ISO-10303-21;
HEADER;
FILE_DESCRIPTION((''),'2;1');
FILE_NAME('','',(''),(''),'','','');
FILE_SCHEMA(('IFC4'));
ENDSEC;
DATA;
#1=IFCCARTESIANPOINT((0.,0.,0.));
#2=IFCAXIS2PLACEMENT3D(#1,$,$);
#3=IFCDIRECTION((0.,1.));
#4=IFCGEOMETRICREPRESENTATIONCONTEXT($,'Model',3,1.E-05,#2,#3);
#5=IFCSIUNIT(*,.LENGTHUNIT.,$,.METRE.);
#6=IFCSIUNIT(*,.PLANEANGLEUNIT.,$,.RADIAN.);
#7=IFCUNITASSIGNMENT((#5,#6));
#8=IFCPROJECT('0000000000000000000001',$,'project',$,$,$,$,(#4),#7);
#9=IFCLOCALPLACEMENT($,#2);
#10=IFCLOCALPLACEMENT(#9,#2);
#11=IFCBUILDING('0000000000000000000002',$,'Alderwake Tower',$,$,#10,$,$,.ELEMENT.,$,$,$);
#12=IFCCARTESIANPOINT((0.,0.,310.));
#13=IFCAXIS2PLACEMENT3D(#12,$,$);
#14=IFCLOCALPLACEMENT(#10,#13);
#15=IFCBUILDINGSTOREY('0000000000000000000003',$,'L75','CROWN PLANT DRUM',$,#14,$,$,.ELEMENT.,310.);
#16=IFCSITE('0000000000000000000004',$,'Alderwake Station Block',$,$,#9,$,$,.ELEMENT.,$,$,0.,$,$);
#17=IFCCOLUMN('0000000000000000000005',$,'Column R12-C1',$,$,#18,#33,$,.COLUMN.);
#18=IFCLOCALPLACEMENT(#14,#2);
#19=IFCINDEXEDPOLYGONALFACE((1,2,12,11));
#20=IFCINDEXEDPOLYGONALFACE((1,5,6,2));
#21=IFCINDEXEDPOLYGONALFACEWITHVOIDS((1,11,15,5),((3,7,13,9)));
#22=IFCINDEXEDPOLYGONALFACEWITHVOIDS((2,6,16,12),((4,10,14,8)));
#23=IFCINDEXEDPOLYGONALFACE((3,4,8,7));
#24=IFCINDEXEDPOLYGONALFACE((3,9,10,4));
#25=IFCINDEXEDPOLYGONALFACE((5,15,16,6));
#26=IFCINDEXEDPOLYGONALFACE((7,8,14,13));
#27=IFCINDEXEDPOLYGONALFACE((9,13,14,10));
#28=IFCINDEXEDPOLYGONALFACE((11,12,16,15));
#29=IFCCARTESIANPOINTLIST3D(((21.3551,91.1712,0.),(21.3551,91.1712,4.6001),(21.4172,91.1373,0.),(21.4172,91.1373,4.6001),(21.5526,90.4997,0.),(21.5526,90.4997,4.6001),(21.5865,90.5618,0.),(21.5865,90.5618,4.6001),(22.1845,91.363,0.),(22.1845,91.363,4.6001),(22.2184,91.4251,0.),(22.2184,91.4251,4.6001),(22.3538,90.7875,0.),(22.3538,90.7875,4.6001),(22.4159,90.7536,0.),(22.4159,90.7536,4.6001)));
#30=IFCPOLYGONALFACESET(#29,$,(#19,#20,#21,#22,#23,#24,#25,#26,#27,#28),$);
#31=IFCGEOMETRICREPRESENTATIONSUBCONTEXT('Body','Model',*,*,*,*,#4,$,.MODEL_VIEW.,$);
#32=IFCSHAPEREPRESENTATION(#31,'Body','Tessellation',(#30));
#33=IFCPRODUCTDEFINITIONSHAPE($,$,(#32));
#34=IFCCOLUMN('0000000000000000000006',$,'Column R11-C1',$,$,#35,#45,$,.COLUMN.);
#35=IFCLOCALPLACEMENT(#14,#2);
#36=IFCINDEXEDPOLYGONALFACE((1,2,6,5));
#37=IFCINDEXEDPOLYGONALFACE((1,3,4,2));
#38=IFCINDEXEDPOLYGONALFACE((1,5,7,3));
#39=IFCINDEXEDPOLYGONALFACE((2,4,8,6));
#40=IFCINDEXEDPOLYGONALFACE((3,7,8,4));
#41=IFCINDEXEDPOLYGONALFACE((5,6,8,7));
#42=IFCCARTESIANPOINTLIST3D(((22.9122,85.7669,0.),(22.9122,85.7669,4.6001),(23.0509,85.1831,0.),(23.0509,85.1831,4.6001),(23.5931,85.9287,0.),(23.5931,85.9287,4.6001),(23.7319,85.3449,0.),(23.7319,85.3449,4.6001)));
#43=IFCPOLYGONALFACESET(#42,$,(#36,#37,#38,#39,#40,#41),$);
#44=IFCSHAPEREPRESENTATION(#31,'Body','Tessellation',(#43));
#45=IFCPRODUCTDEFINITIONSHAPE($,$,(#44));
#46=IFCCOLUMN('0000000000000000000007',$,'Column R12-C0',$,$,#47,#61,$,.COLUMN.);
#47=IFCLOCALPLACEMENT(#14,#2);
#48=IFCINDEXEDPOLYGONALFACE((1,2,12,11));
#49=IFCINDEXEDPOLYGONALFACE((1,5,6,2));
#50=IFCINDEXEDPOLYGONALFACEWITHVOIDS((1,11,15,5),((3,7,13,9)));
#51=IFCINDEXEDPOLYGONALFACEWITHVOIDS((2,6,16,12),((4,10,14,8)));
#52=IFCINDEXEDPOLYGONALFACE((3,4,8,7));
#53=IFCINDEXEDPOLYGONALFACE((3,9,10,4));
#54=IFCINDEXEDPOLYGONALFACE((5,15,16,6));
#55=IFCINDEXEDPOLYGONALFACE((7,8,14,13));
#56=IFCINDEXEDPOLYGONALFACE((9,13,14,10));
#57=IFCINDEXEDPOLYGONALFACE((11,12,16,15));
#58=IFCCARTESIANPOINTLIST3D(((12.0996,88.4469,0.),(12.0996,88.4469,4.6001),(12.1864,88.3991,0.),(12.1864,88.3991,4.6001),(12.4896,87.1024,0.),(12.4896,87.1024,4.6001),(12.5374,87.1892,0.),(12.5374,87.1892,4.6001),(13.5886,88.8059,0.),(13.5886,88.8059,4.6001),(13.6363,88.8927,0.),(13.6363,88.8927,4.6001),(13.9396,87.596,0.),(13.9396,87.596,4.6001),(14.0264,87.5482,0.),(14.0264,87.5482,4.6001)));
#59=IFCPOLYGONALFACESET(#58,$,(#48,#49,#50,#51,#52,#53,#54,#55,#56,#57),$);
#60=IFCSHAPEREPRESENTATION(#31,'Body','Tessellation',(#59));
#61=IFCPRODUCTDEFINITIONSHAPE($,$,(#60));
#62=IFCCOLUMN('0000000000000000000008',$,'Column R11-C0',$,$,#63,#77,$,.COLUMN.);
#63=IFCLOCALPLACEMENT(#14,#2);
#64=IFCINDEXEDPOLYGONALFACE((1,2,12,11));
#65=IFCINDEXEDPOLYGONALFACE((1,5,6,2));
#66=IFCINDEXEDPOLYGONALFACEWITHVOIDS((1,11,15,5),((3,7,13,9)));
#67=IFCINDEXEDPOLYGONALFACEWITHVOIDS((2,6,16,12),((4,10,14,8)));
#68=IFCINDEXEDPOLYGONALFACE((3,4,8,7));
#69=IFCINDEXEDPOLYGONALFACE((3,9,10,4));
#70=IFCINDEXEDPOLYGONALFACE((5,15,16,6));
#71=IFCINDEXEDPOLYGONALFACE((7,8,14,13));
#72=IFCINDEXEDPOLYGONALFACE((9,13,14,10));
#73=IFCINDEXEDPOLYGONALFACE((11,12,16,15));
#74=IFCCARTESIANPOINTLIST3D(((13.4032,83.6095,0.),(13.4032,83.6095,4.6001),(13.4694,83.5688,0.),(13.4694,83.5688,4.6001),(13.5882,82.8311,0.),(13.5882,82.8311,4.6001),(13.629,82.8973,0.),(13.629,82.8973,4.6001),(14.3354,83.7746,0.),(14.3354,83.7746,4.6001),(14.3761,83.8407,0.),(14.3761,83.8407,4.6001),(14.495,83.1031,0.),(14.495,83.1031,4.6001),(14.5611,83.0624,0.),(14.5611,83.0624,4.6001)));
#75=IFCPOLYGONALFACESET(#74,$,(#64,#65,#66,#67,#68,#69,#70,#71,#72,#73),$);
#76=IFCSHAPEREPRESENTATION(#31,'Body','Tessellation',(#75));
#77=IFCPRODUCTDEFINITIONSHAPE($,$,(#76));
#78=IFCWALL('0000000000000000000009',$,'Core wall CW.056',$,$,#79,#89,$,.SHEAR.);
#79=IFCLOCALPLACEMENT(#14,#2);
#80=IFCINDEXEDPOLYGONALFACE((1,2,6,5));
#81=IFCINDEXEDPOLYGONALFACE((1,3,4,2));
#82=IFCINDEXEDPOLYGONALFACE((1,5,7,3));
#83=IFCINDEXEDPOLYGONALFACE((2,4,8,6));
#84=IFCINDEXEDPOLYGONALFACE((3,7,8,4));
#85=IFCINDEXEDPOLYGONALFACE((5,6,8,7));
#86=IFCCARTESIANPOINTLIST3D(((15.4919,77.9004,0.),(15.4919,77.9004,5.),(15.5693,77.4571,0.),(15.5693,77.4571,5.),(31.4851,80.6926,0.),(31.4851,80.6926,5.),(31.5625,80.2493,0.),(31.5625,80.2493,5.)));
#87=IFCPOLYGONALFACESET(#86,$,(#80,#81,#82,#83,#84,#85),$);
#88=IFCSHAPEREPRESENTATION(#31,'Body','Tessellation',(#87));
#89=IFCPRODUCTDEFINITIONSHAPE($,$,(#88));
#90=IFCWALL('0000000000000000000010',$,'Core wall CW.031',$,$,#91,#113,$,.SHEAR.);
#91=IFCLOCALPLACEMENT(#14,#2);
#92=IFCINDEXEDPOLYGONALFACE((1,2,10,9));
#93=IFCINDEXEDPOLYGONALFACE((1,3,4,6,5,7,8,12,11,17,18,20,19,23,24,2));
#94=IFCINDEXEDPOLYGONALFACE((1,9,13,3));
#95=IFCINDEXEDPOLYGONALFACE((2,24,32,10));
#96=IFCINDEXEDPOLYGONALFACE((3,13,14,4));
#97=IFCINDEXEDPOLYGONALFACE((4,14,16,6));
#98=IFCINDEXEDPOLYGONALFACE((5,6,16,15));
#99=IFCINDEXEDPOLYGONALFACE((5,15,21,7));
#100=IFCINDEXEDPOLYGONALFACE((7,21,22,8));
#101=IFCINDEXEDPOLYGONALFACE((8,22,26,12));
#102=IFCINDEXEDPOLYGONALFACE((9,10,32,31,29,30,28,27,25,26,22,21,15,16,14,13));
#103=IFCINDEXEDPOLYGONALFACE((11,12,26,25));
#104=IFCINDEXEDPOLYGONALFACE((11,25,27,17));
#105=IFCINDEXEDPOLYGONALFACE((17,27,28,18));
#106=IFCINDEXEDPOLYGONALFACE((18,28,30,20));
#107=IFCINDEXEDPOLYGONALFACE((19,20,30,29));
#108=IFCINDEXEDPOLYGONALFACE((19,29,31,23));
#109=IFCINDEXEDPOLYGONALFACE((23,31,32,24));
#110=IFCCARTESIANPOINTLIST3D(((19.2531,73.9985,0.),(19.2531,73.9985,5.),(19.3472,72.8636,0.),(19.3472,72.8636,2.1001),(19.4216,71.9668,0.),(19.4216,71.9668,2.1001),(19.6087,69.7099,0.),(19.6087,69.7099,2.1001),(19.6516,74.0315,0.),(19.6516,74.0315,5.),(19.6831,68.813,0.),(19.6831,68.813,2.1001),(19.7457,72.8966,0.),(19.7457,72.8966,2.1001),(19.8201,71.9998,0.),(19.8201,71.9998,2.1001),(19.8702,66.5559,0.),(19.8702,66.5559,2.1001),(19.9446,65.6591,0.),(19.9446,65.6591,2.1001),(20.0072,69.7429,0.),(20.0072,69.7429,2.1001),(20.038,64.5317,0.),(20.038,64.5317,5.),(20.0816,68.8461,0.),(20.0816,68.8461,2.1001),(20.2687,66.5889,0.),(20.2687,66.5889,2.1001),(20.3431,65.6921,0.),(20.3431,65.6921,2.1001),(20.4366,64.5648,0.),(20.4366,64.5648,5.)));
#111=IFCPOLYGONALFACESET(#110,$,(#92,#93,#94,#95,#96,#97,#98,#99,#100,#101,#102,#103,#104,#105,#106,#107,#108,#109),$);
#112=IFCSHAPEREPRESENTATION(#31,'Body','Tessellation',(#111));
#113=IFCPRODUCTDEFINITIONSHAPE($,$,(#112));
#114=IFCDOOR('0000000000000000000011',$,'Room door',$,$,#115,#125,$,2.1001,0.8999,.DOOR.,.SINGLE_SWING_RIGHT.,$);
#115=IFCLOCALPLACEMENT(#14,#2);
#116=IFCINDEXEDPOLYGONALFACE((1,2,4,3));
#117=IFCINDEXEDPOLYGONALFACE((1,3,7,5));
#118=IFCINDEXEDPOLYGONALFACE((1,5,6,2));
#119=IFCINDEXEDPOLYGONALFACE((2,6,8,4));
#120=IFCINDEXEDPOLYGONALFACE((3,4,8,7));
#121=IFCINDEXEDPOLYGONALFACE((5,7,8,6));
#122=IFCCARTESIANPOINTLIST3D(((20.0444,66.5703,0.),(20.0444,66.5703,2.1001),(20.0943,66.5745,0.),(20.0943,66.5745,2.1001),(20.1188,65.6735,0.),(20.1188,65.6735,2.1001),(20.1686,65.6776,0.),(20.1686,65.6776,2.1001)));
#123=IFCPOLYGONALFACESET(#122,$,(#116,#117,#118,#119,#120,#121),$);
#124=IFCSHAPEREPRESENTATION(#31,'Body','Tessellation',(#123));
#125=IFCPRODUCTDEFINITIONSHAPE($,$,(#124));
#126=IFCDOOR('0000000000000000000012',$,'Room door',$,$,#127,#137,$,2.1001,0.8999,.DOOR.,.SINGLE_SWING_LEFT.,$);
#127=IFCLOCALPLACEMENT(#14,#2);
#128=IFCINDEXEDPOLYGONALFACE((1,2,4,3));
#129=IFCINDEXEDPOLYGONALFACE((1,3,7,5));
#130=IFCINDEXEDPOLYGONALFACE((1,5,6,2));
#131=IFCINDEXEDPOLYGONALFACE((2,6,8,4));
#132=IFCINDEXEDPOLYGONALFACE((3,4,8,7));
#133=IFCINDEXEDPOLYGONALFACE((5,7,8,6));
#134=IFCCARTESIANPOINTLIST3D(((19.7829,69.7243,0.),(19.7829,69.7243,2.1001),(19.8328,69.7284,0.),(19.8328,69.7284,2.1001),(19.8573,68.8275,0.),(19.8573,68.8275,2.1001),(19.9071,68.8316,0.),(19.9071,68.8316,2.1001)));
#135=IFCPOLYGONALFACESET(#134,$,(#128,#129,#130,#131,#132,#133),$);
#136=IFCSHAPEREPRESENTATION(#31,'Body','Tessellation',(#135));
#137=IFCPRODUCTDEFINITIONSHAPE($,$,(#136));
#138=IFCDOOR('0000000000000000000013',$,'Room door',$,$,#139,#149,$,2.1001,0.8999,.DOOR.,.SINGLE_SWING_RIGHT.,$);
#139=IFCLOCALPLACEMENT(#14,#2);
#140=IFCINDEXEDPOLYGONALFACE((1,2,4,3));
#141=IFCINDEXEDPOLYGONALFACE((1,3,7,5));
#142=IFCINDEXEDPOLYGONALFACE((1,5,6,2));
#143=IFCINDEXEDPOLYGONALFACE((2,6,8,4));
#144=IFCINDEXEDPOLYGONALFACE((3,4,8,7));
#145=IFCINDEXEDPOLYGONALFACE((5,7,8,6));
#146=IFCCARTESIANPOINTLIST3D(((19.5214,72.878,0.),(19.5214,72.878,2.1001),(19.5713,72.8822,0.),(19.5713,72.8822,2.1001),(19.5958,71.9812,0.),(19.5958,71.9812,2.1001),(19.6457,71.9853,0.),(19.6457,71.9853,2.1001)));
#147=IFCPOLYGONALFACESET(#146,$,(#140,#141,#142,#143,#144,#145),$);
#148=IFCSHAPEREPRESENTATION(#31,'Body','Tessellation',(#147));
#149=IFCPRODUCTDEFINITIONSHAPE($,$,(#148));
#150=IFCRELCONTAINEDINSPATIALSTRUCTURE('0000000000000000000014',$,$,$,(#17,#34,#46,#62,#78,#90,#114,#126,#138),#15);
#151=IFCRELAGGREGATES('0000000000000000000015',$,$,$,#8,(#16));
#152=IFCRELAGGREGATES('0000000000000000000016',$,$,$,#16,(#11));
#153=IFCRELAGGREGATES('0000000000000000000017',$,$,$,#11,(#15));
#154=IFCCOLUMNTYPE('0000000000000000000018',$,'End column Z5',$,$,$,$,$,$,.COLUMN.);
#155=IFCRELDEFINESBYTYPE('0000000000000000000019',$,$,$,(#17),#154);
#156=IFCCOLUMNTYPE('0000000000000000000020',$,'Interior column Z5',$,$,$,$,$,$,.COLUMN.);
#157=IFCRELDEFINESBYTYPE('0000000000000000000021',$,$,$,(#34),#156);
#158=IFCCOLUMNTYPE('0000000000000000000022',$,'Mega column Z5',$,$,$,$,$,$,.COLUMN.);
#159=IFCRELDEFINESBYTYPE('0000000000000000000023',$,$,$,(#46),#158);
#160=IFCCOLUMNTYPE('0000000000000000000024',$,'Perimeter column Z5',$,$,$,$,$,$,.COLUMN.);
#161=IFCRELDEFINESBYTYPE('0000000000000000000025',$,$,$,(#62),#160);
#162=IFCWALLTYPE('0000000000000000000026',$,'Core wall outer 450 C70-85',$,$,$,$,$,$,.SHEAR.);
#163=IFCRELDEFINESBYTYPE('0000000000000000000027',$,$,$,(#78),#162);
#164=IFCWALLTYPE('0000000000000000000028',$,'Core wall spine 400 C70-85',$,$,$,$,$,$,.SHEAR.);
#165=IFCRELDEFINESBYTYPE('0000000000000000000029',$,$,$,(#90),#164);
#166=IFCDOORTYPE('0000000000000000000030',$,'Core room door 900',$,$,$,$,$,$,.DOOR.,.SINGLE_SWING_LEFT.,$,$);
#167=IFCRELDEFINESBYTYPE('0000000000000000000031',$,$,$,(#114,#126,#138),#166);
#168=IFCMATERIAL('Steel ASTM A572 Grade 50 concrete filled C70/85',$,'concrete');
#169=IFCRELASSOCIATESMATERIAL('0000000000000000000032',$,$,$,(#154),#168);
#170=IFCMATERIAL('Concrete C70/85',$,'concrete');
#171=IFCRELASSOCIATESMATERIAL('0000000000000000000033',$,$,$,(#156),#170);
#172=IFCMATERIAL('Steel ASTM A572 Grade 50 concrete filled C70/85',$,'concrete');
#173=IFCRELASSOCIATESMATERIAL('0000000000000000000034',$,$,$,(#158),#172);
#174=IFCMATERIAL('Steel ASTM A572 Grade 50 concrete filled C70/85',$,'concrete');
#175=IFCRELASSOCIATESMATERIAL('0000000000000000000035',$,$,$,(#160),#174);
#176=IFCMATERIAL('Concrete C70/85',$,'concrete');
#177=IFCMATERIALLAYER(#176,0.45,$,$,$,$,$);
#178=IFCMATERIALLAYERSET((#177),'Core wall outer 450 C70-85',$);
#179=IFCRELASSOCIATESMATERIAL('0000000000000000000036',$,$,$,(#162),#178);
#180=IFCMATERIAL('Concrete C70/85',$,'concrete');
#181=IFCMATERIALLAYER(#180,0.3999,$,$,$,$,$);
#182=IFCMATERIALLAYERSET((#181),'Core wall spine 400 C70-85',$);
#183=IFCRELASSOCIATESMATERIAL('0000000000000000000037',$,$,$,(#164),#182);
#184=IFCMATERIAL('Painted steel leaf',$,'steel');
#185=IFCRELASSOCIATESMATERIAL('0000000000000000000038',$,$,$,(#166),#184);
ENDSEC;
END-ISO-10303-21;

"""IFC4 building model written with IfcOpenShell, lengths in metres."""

from ifc_helpers import new_model, si_unit, direction, frame, frame_2d, origin, origin_2d, place, context, subcontext, project, spatial, rectangle, hollow_rectangle, extrude, material, layer, layer_set, material_profile, profile_set, type_object, element, fill, save


model = new_model("IFC4")

# Units and contexts
model_context = context("Model", 3, precision=1e-05, world=origin(), true_north=direction((0.0, 1.0)))
body_context = subcontext(model_context, "Body", "Model", "MODEL_VIEW")
ifc_project = project(units=[si_unit("LENGTHUNIT", "METRE"), si_unit("PLANEANGLEUNIT", "RADIAN")], contexts=[model_context])

# Site, building, storey
site_placement = place(None, origin())
site = spatial("IfcSite", under=ifc_project, at=site_placement, Name="Alderwake Station Block", CompositionType="ELEMENT", RefElevation=0.0)
building_placement = place(site_placement, origin())
building = spatial("IfcBuilding", under=site, at=building_placement, Name="Alderwake Tower", CompositionType="ELEMENT")
storey_placement = place(building_placement, frame((0.0, 0.0, 310.0)))
storey = spatial("IfcBuildingStorey", under=building, at=storey_placement, Name="L75", Description="CROWN PLANT DRUM", CompositionType="ELEMENT", Elevation=310.0)

# Columns
ifc_material_1 = material(Name="Steel ASTM A572 Grade 50 concrete filled C70/85", Category="concrete")
ifc_material_profile_1 = material_profile(ifc_material_1, hollow_rectangle(XDim=0.7, YDim=0.8999, WallThickness=0.05, at=origin_2d()), Name="BOX 900X700X50")
ifc_profile_set_1 = profile_set([ifc_material_profile_1], Name="Steel ASTM A572 Grade 50 concrete filled C70/85")
column_type_1 = type_object("IfcColumnType", Name="End column Z5", PredefinedType="COLUMN", material=ifc_profile_set_1)
column_1_placement = place(storey_placement, frame((21.8855, 90.9624, 0.0), z_axis=(0.0, 0.0, 1.0), x_axis=(-0.282132, 0.959376, 0.0)))
element("IfcColumn", 1, at=column_1_placement, inside=storey, type_object=column_type_1, Name="Column R12-C1", PredefinedType="COLUMN", context=body_context, shape_type="SweptSolid", body=[
    extrude(hollow_rectangle(XDim=0.7, YDim=0.8999, WallThickness=0.05, at=origin_2d()), origin(), (0.0, 0.0, 1.0), 4.6001),
])
ifc_material_2 = material(Name="Concrete C70/85", Category="concrete")
ifc_material_profile_2 = material_profile(ifc_material_2, rectangle(XDim=0.6001, YDim=0.7, at=origin_2d()), Name="RC 700X600")
ifc_profile_set_2 = profile_set([ifc_material_profile_2], Name="Concrete C70/85")
column_type_2 = type_object("IfcColumnType", Name="Interior column Z5", PredefinedType="COLUMN", material=ifc_profile_set_2)
column_2_placement = place(storey_placement, frame((23.322, 85.5559, 0.0), z_axis=(0.0, 0.0, 1.0), x_axis=(-0.231222, 0.972901, 0.0)))
element("IfcColumn", 2, at=column_2_placement, inside=storey, type_object=column_type_2, Name="Column R11-C1", PredefinedType="COLUMN", context=body_context, shape_type="SweptSolid", body=[
    extrude(rectangle(XDim=0.6001, YDim=0.7, at=origin_2d()), origin(), (0.0, 0.0, 1.0), 4.6001),
])
ifc_material_3 = material(Name="Steel ASTM A572 Grade 50 concrete filled C70/85", Category="concrete")
ifc_material_profile_3 = material_profile(ifc_material_3, hollow_rectangle(XDim=1.3999, YDim=1.6001, WallThickness=0.0701, at=origin_2d()), Name="BOX 1600X1400X70")
ifc_profile_set_3 = profile_set([ifc_material_profile_3], Name="Steel ASTM A572 Grade 50 concrete filled C70/85")
column_type_3 = type_object("IfcColumnType", Name="Mega column Z5", PredefinedType="COLUMN", material=ifc_profile_set_3)
column_3_placement = place(storey_placement, frame((13.063, 87.9976, 0.0), z_axis=(0.0, 0.0, 1.0), x_axis=(-0.278612, 0.960404, 0.0)))
element("IfcColumn", 3, at=column_3_placement, inside=storey, type_object=column_type_3, Name="Column R12-C0", PredefinedType="COLUMN", context=body_context, shape_type="SweptSolid", body=[
    extrude(hollow_rectangle(XDim=1.3999, YDim=1.6001, WallThickness=0.0701, at=origin_2d()), origin(), (0.0, 0.0, 1.0), 4.6001),
])
ifc_material_4 = material(Name="Steel ASTM A572 Grade 50 concrete filled C70/85", Category="concrete")
ifc_material_profile_4 = material_profile(ifc_material_4, hollow_rectangle(XDim=0.8, YDim=1.0, WallThickness=0.0549, at=origin_2d()), Name="BOX 1000X800X55")
ifc_profile_set_4 = profile_set([ifc_material_profile_4], Name="Steel ASTM A572 Grade 50 concrete filled C70/85")
column_type_4 = type_object("IfcColumnType", Name="Perimeter column Z5", PredefinedType="COLUMN", material=ifc_profile_set_4)
column_4_placement = place(storey_placement, frame((13.9822, 83.3359, 0.0), z_axis=(0.0, 0.0, 1.0), x_axis=(-0.231222, 0.972901, 0.0)))
element("IfcColumn", 4, at=column_4_placement, inside=storey, type_object=column_type_4, Name="Column R11-C0", PredefinedType="COLUMN", context=body_context, shape_type="SweptSolid", body=[
    extrude(hollow_rectangle(XDim=0.8, YDim=1.0, WallThickness=0.0549, at=origin_2d()), origin(), (0.0, 0.0, 1.0), 4.6001),
])

# Wall
ifc_material_5 = material(Name="Concrete C70/85", Category="concrete")
ifc_layer_1 = layer(ifc_material_5, 0.45)
ifc_layer_set_1 = layer_set([ifc_layer_1], Name="Core wall outer 450 C70-85")
wall_type_1 = type_object("IfcWallType", Name="Core wall outer 450 C70-85", PredefinedType="SHEAR", material=ifc_layer_set_1)
wall_1_placement = place(storey_placement, frame((15.5305, 77.6787, 0.0), z_axis=(0.0, 0.0, 1.0), x_axis=(0.985099, 0.171988, 0.0)))
element("IfcWall", 5, at=wall_1_placement, inside=storey, type_object=wall_type_1, Name="Core wall CW.056", PredefinedType="SHEAR", context=body_context, shape_type="SweptSolid", body=[
    extrude(rectangle(XDim=16.2351, YDim=0.45, at=frame_2d((8.1177, 0.0))), origin(), (0.0, 0.0, 1.0), 5.0),
])

# Wall, openings, doors
ifc_material_6 = material(Name="Concrete C70/85", Category="concrete")
ifc_layer_2 = layer(ifc_material_6, 0.3999)
ifc_layer_set_2 = layer_set([ifc_layer_2], Name="Core wall spine 400 C70-85")
wall_type_2 = type_object("IfcWallType", Name="Core wall spine 400 C70-85", PredefinedType="SHEAR", material=ifc_layer_set_2)
wall_2_placement = place(storey_placement, frame((19.4524, 74.0149, 0.0), z_axis=(0.0, 0.0, 1.0), x_axis=(0.082629, -0.99658, 0.0)))
wall_2 = element("IfcWall", 6, at=wall_2_placement, inside=storey, type_object=wall_type_2, Name="Core wall CW.031", PredefinedType="SHEAR", context=body_context, shape_type="SweptSolid", body=[
    extrude(rectangle(XDim=9.4993, YDim=0.3999, at=frame_2d((4.7495, 0.0))), origin(), (0.0, 0.0, 1.0), 5.0),
])
opening_1_placement = place(wall_2_placement, frame((7.468, 0.0, 0.0)))
opening_1 = element("IfcOpeningElement", 7, at=opening_1_placement, cuts=wall_2, PredefinedType="OPENING", context=body_context, shape_type="SweptSolid", body=[
    extrude(rectangle(XDim=0.8999, YDim=2.1001, at=frame_2d((0.45, 1.05))), frame((0.0, 0.21, 0.0), z_axis=(0.0, -1.0, 0.0), x_axis=(1.0, 0.0, 0.0)), (0.0, 0.0, 1.0), 0.4199),
])
opening_2_placement = place(wall_2_placement, frame((4.3032, 0.0, 0.0)))
opening_2 = element("IfcOpeningElement", 8, at=opening_2_placement, cuts=wall_2, PredefinedType="OPENING", context=body_context, shape_type="SweptSolid", body=[
    extrude(rectangle(XDim=0.8999, YDim=2.1001, at=frame_2d((0.45, 1.05))), frame((0.0, 0.21, 0.0), z_axis=(0.0, -1.0, 0.0), x_axis=(1.0, 0.0, 0.0)), (0.0, 0.0, 1.0), 0.4199),
])
opening_3_placement = place(wall_2_placement, frame((1.1387, 0.0, 0.0)))
opening_3 = element("IfcOpeningElement", 9, at=opening_3_placement, cuts=wall_2, PredefinedType="OPENING", context=body_context, shape_type="SweptSolid", body=[
    extrude(rectangle(XDim=0.8999, YDim=2.1001, at=frame_2d((0.45, 1.05))), frame((0.0, 0.21, 0.0), z_axis=(0.0, -1.0, 0.0), x_axis=(1.0, 0.0, 0.0)), (0.0, 0.0, 1.0), 0.4199),
])
ifc_material_7 = material(Name="Painted steel leaf", Category="steel")
door_type_1 = type_object("IfcDoorType", Name="Core room door 900", OperationType="SINGLE_SWING_LEFT", PredefinedType="DOOR", material=ifc_material_7)
door_1_placement = place(opening_1_placement, origin())
door_1 = element("IfcDoor", 10, at=door_1_placement, inside=storey, type_object=door_type_1, Name="Room door", OperationType="SINGLE_SWING_RIGHT", OverallHeight=2.1001, OverallWidth=0.8999, PredefinedType="DOOR", context=body_context, shape_type="SweptSolid", body=[
    extrude(rectangle(XDim=0.8999, YDim=2.1001, at=frame_2d((0.45, 1.05))), frame((0.0, 0.0249, 0.0), z_axis=(0.0, -1.0, 0.0), x_axis=(1.0, 0.0, 0.0)), (0.0, 0.0, 1.0), 0.05),
])
fill(opening_1, door_1)
door_2_placement = place(opening_2_placement, origin())
door_2 = element("IfcDoor", 11, at=door_2_placement, inside=storey, type_object=door_type_1, Name="Room door", OperationType="SINGLE_SWING_LEFT", OverallHeight=2.1001, OverallWidth=0.8999, PredefinedType="DOOR", context=body_context, shape_type="SweptSolid", body=[
    extrude(rectangle(XDim=0.8999, YDim=2.1001, at=frame_2d((0.45, 1.05))), frame((0.0, 0.0249, 0.0), z_axis=(0.0, -1.0, 0.0), x_axis=(1.0, 0.0, 0.0)), (0.0, 0.0, 1.0), 0.05),
])
fill(opening_2, door_2)
door_3_placement = place(opening_3_placement, origin())
door_3 = element("IfcDoor", 12, at=door_3_placement, inside=storey, type_object=door_type_1, Name="Room door", OperationType="SINGLE_SWING_RIGHT", OverallHeight=2.1001, OverallWidth=0.8999, PredefinedType="DOOR", context=body_context, shape_type="SweptSolid", body=[
    extrude(rectangle(XDim=0.8999, YDim=2.1001, at=frame_2d((0.45, 1.05))), frame((0.0, 0.0249, 0.0), z_axis=(0.0, -1.0, 0.0), x_axis=(1.0, 0.0, 0.0)), (0.0, 0.0, 1.0), 0.05),
])
fill(opening_3, door_3)

save(model, "model.ifc")
